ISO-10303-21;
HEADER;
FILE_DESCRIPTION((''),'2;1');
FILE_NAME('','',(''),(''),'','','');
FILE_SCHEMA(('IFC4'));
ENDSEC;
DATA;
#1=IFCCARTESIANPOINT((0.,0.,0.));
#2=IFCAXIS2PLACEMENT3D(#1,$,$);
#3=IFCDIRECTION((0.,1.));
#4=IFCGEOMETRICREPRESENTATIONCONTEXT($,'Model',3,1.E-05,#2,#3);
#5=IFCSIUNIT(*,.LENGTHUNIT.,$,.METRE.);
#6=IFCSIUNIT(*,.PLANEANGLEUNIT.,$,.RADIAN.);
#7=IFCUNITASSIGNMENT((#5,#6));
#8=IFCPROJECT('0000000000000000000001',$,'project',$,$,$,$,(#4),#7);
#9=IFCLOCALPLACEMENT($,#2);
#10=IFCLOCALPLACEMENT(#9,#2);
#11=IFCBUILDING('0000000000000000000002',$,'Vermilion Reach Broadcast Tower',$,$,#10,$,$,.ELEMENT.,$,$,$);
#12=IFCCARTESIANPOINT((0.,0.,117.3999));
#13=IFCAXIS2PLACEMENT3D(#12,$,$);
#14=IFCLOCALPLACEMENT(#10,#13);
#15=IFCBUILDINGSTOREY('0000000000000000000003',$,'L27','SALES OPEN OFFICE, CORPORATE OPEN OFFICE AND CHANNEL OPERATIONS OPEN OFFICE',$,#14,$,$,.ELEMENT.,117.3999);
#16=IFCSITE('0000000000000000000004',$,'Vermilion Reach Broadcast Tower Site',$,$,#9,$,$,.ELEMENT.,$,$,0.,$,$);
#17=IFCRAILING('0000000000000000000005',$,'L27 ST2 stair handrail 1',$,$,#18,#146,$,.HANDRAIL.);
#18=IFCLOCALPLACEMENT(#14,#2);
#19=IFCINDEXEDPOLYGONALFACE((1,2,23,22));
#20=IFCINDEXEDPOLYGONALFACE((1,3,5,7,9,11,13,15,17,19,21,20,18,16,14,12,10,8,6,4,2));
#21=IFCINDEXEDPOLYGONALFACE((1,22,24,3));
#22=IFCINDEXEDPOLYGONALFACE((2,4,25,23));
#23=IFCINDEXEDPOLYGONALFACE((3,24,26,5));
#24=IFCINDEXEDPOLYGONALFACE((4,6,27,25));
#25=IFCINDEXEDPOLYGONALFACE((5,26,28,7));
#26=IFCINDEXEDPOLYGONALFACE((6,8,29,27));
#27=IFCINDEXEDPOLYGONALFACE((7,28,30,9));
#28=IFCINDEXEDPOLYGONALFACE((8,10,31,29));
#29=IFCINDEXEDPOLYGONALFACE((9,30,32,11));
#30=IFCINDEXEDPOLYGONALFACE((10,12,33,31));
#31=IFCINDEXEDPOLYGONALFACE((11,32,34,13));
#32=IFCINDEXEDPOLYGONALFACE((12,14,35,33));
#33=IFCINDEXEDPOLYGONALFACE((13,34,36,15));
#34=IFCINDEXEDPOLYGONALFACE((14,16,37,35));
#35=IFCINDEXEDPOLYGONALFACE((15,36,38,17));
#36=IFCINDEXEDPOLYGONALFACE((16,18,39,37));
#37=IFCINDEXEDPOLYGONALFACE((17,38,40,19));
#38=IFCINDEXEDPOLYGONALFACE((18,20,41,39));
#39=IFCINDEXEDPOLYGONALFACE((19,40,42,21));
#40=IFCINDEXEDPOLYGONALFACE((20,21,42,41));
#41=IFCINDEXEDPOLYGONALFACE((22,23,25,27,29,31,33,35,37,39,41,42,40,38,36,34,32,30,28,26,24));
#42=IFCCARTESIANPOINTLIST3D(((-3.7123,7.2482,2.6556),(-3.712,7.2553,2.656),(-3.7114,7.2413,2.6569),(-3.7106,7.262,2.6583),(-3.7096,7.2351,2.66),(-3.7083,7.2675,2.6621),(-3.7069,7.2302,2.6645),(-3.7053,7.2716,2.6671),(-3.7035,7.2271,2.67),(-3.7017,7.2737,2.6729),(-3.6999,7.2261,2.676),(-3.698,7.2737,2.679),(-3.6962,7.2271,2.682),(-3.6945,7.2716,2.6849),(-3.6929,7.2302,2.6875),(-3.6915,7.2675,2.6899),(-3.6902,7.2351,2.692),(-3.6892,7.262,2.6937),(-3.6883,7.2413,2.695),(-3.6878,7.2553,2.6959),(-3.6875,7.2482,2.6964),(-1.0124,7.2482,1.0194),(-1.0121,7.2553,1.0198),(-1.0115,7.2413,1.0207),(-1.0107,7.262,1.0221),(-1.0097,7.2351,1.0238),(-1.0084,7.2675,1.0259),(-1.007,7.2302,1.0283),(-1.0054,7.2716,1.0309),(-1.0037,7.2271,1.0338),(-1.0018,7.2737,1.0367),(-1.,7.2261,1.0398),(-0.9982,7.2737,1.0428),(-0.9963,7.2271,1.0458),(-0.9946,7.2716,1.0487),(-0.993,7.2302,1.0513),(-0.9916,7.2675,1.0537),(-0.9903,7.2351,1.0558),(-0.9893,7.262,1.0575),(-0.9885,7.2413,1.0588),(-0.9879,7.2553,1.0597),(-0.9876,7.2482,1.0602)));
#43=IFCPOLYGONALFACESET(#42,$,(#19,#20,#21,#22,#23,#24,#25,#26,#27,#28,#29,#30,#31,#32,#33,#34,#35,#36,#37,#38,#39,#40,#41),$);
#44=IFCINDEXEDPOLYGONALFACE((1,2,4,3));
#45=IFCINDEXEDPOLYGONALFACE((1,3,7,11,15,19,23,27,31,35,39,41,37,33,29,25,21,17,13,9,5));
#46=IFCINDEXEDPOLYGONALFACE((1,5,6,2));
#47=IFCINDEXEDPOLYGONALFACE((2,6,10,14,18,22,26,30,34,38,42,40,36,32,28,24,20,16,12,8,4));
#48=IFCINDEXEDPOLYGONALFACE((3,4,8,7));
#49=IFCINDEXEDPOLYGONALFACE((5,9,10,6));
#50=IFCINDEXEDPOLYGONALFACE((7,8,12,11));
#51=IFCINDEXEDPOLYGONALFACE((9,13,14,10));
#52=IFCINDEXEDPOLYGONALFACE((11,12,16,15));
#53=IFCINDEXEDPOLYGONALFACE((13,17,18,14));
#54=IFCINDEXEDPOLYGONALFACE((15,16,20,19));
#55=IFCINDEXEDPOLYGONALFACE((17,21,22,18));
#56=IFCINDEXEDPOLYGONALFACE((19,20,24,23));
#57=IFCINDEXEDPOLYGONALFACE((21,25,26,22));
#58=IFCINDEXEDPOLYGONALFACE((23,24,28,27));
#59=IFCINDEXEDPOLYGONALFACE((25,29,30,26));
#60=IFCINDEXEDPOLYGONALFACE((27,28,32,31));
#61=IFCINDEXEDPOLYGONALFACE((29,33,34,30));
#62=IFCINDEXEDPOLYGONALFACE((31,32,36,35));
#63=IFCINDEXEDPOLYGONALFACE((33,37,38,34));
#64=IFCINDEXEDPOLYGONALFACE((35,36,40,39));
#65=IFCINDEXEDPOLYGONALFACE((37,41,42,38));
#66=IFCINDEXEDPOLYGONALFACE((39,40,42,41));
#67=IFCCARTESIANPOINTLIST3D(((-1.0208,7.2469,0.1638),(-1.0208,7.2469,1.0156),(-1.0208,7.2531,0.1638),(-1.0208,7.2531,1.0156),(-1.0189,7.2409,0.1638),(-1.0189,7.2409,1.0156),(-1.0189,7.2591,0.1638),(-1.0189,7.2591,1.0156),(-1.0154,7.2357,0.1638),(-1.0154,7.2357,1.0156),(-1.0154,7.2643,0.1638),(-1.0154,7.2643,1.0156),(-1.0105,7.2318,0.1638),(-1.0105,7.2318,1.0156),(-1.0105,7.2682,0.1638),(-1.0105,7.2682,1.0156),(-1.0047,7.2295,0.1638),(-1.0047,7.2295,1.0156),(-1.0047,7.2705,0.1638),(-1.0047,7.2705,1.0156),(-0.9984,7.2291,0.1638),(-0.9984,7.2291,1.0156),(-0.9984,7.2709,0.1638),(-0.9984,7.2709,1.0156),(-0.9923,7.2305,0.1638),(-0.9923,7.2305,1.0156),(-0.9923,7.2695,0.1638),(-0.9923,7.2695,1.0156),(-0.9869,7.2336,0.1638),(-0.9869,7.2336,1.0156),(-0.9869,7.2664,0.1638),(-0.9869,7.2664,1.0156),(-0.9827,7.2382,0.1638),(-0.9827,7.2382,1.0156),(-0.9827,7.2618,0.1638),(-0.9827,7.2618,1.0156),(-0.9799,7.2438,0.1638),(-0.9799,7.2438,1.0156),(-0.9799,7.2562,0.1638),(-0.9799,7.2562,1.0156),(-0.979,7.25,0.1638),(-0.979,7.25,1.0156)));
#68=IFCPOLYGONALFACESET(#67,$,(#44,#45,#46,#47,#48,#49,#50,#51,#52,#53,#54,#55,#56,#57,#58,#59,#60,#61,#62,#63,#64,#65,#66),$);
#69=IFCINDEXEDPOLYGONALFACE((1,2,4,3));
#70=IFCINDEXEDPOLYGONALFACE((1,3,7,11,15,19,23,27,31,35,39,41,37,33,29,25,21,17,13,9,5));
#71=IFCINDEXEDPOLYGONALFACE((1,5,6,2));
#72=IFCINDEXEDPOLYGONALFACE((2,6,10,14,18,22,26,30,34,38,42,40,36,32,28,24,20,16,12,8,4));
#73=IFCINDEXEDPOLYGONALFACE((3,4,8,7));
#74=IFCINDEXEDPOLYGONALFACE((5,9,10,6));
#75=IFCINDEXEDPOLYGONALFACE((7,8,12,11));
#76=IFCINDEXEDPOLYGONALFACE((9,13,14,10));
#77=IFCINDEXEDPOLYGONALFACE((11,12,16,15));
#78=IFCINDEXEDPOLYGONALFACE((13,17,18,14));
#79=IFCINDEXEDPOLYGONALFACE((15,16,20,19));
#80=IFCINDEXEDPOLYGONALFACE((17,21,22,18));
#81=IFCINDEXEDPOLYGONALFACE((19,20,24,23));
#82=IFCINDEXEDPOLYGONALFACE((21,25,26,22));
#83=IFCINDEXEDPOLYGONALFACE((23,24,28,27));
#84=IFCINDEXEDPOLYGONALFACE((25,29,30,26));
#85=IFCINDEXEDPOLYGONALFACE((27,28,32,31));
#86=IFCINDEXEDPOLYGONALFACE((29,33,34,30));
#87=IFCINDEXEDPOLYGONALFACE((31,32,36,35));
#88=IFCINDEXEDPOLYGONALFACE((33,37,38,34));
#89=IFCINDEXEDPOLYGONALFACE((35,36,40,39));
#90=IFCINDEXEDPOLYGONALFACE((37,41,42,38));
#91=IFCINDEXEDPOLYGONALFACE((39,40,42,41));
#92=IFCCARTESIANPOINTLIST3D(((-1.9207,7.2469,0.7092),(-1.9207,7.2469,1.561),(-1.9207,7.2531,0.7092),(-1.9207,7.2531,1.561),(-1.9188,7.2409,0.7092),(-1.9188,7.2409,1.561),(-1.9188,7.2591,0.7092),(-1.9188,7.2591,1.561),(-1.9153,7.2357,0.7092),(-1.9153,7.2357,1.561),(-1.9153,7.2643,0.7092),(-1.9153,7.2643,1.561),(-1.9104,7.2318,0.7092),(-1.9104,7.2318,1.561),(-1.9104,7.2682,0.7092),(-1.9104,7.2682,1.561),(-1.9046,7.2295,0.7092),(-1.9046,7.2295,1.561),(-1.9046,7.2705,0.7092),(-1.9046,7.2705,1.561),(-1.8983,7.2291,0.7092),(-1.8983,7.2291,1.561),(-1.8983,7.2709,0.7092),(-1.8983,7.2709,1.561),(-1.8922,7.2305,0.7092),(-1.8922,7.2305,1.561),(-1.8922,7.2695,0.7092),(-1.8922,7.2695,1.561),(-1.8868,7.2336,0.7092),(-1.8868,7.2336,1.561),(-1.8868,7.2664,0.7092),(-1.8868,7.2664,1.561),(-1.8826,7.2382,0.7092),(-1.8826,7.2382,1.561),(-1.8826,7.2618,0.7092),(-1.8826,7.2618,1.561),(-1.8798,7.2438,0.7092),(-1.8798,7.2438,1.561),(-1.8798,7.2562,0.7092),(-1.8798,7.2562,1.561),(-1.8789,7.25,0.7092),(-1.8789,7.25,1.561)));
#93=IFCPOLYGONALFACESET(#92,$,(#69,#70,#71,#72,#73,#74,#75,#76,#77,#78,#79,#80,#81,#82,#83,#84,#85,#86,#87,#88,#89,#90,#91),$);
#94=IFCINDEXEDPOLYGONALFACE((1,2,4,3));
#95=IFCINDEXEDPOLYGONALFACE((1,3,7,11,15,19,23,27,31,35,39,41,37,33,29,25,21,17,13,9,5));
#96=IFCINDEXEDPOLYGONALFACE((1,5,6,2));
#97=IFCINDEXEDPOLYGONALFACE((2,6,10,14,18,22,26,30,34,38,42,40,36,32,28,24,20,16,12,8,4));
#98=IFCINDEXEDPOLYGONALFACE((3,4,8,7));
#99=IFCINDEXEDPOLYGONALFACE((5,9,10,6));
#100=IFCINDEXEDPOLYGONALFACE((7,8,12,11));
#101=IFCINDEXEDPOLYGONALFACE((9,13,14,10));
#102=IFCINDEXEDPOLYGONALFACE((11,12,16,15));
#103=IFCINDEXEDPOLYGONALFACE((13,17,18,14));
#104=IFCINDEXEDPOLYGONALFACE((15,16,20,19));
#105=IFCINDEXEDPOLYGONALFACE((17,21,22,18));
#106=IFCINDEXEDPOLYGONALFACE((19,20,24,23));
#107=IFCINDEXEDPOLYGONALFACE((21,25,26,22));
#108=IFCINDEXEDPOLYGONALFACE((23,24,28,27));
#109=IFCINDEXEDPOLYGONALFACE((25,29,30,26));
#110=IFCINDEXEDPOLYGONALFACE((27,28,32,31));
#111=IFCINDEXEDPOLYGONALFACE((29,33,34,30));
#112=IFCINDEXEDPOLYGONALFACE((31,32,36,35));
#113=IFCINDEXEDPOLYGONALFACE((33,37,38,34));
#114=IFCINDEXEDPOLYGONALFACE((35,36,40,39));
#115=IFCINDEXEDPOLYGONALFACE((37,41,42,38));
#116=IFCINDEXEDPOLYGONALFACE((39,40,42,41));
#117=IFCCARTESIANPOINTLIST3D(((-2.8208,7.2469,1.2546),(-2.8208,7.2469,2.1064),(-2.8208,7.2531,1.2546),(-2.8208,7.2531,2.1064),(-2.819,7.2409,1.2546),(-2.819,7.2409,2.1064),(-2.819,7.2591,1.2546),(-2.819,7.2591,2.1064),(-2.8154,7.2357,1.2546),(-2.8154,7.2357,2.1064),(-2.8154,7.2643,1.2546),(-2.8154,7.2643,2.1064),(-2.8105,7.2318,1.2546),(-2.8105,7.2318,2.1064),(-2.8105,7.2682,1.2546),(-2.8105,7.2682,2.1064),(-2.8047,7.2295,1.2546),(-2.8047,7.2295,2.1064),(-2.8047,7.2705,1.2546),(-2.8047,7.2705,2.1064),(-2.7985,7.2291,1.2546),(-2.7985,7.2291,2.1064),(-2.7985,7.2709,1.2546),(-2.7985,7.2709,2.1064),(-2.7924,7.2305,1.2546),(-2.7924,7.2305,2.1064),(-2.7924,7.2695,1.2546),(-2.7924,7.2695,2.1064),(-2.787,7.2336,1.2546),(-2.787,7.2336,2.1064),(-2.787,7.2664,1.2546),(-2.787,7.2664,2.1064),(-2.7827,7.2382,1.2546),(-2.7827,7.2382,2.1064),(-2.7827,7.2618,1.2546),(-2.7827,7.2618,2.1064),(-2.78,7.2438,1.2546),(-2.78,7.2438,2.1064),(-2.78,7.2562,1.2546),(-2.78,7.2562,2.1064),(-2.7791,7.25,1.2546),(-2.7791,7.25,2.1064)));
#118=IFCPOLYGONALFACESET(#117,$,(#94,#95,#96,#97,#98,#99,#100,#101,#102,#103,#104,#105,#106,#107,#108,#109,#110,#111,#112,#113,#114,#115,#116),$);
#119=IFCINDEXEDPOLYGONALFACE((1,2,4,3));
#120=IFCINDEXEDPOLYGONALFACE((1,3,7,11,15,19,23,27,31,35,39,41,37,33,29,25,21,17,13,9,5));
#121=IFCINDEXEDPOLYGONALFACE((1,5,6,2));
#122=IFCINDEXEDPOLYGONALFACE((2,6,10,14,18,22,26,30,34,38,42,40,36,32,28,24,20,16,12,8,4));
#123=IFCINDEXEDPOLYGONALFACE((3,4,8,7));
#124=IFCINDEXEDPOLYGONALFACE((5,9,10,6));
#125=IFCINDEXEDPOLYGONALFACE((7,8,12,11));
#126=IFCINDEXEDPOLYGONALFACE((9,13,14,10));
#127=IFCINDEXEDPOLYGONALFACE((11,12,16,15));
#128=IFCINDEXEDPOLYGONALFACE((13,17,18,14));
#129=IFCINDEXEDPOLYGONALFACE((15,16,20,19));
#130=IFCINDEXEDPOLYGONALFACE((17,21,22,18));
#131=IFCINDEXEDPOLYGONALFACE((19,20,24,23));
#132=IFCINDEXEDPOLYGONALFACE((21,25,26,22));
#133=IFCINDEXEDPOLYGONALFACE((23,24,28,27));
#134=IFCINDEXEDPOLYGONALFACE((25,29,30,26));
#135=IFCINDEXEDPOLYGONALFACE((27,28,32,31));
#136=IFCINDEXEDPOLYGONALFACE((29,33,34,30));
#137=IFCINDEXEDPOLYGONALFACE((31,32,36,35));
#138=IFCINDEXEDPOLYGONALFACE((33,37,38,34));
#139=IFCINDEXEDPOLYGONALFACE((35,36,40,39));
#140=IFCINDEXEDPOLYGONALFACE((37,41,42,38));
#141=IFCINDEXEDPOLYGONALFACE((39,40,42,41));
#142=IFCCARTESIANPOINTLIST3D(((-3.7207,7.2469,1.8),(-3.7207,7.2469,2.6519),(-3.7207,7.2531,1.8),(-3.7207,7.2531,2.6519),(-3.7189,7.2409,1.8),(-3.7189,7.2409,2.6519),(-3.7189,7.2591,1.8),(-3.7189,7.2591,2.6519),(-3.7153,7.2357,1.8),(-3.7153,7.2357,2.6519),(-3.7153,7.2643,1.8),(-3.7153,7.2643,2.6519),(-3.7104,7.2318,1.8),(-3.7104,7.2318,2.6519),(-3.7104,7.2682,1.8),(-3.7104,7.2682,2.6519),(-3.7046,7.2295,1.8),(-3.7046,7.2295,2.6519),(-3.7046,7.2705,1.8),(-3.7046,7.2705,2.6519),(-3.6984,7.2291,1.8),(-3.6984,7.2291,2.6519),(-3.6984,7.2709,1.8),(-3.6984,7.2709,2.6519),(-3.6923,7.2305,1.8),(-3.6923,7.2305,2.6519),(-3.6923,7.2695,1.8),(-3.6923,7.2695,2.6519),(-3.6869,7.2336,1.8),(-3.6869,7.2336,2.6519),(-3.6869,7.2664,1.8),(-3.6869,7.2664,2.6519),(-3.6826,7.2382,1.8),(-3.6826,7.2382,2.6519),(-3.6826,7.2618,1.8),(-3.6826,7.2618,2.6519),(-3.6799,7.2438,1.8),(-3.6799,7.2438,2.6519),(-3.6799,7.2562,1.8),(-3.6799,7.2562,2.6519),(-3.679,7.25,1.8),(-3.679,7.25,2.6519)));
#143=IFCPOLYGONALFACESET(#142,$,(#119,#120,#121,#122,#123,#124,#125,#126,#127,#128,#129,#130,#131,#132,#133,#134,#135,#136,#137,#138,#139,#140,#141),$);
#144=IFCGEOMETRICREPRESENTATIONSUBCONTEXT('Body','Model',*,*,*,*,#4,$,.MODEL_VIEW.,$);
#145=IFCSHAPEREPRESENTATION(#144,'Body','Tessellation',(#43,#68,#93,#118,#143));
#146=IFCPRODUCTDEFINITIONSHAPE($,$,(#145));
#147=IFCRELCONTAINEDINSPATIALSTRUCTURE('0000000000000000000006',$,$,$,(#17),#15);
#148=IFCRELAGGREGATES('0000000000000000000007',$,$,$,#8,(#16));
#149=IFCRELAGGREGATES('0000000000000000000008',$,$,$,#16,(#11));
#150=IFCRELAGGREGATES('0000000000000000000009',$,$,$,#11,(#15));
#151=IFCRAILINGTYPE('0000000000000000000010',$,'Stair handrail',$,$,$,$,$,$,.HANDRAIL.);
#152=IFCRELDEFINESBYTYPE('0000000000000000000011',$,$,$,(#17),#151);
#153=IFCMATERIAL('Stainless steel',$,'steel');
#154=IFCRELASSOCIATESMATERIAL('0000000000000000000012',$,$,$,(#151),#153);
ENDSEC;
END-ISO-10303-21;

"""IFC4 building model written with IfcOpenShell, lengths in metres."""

from ifc_helpers import new_model, si_unit, direction, frame, origin, origin_2d, place, context, subcontext, project, spatial, circle, extrude, material, type_object, element, save


model = new_model("IFC4")

# Units and contexts
model_context = context("Model", 3, precision=1e-05, world=origin(), true_north=direction((0.0, 1.0)))
body_context = subcontext(model_context, "Body", "Model", "MODEL_VIEW")
ifc_project = project(units=[si_unit("LENGTHUNIT", "METRE"), si_unit("PLANEANGLEUNIT", "RADIAN")], contexts=[model_context])

# Site, building, storey
site_placement = place(None, origin())
site = spatial("IfcSite", under=ifc_project, at=site_placement, Name="Vermilion Reach Broadcast Tower Site", CompositionType="ELEMENT", RefElevation=0.0)
building_placement = place(site_placement, origin())
building = spatial("IfcBuilding", under=site, at=building_placement, Name="Vermilion Reach Broadcast Tower", CompositionType="ELEMENT")
storey_placement = place(building_placement, frame((0.0, 0.0, 117.3999)))
storey = spatial("IfcBuildingStorey", under=building, at=storey_placement, Name="L27", Description="SALES OPEN OFFICE, CORPORATE OPEN OFFICE AND CHANNEL OPERATIONS OPEN OFFICE", CompositionType="ELEMENT", Elevation=117.3999)

# Railing
ifc_material_1 = material(Name="Stainless steel", Category="steel")
railing_type_1 = type_object("IfcRailingType", Name="Stair handrail", PredefinedType="HANDRAIL", material=ifc_material_1)
railing_1_placement = place(storey_placement, frame((-1.0, 7.25, 0.1638)))
element("IfcRailing", 1, at=railing_1_placement, inside=storey, type_object=railing_type_1, Name="L27 ST2 stair handrail 1", PredefinedType="HANDRAIL", context=body_context, shape_type="SweptSolid", body=[
    extrude(circle(Radius=0.0239, at=origin_2d()), frame((0.0, 0.0, 0.876), z_axis=(-0.855212, 0.0, 0.518278), x_axis=(0.0, -1.0, 0.0)), (0.0, 0.0, 1.0), 3.157),
    extrude(circle(Radius=0.021, at=origin_2d()), origin(), (0.0, 0.0, 1.0), 0.8518),
    extrude(circle(Radius=0.021, at=origin_2d()), frame((-0.8999, 0.0, 0.5454)), (0.0, 0.0, 1.0), 0.8518),
    extrude(circle(Radius=0.021, at=origin_2d()), frame((-1.8, 0.0, 1.0908)), (0.0, 0.0, 1.0), 0.8518),
    extrude(circle(Radius=0.021, at=origin_2d()), frame((-2.7, 0.0, 1.6362)), (0.0, 0.0, 1.0), 0.8518),
])

save(model, "model.ifc")
